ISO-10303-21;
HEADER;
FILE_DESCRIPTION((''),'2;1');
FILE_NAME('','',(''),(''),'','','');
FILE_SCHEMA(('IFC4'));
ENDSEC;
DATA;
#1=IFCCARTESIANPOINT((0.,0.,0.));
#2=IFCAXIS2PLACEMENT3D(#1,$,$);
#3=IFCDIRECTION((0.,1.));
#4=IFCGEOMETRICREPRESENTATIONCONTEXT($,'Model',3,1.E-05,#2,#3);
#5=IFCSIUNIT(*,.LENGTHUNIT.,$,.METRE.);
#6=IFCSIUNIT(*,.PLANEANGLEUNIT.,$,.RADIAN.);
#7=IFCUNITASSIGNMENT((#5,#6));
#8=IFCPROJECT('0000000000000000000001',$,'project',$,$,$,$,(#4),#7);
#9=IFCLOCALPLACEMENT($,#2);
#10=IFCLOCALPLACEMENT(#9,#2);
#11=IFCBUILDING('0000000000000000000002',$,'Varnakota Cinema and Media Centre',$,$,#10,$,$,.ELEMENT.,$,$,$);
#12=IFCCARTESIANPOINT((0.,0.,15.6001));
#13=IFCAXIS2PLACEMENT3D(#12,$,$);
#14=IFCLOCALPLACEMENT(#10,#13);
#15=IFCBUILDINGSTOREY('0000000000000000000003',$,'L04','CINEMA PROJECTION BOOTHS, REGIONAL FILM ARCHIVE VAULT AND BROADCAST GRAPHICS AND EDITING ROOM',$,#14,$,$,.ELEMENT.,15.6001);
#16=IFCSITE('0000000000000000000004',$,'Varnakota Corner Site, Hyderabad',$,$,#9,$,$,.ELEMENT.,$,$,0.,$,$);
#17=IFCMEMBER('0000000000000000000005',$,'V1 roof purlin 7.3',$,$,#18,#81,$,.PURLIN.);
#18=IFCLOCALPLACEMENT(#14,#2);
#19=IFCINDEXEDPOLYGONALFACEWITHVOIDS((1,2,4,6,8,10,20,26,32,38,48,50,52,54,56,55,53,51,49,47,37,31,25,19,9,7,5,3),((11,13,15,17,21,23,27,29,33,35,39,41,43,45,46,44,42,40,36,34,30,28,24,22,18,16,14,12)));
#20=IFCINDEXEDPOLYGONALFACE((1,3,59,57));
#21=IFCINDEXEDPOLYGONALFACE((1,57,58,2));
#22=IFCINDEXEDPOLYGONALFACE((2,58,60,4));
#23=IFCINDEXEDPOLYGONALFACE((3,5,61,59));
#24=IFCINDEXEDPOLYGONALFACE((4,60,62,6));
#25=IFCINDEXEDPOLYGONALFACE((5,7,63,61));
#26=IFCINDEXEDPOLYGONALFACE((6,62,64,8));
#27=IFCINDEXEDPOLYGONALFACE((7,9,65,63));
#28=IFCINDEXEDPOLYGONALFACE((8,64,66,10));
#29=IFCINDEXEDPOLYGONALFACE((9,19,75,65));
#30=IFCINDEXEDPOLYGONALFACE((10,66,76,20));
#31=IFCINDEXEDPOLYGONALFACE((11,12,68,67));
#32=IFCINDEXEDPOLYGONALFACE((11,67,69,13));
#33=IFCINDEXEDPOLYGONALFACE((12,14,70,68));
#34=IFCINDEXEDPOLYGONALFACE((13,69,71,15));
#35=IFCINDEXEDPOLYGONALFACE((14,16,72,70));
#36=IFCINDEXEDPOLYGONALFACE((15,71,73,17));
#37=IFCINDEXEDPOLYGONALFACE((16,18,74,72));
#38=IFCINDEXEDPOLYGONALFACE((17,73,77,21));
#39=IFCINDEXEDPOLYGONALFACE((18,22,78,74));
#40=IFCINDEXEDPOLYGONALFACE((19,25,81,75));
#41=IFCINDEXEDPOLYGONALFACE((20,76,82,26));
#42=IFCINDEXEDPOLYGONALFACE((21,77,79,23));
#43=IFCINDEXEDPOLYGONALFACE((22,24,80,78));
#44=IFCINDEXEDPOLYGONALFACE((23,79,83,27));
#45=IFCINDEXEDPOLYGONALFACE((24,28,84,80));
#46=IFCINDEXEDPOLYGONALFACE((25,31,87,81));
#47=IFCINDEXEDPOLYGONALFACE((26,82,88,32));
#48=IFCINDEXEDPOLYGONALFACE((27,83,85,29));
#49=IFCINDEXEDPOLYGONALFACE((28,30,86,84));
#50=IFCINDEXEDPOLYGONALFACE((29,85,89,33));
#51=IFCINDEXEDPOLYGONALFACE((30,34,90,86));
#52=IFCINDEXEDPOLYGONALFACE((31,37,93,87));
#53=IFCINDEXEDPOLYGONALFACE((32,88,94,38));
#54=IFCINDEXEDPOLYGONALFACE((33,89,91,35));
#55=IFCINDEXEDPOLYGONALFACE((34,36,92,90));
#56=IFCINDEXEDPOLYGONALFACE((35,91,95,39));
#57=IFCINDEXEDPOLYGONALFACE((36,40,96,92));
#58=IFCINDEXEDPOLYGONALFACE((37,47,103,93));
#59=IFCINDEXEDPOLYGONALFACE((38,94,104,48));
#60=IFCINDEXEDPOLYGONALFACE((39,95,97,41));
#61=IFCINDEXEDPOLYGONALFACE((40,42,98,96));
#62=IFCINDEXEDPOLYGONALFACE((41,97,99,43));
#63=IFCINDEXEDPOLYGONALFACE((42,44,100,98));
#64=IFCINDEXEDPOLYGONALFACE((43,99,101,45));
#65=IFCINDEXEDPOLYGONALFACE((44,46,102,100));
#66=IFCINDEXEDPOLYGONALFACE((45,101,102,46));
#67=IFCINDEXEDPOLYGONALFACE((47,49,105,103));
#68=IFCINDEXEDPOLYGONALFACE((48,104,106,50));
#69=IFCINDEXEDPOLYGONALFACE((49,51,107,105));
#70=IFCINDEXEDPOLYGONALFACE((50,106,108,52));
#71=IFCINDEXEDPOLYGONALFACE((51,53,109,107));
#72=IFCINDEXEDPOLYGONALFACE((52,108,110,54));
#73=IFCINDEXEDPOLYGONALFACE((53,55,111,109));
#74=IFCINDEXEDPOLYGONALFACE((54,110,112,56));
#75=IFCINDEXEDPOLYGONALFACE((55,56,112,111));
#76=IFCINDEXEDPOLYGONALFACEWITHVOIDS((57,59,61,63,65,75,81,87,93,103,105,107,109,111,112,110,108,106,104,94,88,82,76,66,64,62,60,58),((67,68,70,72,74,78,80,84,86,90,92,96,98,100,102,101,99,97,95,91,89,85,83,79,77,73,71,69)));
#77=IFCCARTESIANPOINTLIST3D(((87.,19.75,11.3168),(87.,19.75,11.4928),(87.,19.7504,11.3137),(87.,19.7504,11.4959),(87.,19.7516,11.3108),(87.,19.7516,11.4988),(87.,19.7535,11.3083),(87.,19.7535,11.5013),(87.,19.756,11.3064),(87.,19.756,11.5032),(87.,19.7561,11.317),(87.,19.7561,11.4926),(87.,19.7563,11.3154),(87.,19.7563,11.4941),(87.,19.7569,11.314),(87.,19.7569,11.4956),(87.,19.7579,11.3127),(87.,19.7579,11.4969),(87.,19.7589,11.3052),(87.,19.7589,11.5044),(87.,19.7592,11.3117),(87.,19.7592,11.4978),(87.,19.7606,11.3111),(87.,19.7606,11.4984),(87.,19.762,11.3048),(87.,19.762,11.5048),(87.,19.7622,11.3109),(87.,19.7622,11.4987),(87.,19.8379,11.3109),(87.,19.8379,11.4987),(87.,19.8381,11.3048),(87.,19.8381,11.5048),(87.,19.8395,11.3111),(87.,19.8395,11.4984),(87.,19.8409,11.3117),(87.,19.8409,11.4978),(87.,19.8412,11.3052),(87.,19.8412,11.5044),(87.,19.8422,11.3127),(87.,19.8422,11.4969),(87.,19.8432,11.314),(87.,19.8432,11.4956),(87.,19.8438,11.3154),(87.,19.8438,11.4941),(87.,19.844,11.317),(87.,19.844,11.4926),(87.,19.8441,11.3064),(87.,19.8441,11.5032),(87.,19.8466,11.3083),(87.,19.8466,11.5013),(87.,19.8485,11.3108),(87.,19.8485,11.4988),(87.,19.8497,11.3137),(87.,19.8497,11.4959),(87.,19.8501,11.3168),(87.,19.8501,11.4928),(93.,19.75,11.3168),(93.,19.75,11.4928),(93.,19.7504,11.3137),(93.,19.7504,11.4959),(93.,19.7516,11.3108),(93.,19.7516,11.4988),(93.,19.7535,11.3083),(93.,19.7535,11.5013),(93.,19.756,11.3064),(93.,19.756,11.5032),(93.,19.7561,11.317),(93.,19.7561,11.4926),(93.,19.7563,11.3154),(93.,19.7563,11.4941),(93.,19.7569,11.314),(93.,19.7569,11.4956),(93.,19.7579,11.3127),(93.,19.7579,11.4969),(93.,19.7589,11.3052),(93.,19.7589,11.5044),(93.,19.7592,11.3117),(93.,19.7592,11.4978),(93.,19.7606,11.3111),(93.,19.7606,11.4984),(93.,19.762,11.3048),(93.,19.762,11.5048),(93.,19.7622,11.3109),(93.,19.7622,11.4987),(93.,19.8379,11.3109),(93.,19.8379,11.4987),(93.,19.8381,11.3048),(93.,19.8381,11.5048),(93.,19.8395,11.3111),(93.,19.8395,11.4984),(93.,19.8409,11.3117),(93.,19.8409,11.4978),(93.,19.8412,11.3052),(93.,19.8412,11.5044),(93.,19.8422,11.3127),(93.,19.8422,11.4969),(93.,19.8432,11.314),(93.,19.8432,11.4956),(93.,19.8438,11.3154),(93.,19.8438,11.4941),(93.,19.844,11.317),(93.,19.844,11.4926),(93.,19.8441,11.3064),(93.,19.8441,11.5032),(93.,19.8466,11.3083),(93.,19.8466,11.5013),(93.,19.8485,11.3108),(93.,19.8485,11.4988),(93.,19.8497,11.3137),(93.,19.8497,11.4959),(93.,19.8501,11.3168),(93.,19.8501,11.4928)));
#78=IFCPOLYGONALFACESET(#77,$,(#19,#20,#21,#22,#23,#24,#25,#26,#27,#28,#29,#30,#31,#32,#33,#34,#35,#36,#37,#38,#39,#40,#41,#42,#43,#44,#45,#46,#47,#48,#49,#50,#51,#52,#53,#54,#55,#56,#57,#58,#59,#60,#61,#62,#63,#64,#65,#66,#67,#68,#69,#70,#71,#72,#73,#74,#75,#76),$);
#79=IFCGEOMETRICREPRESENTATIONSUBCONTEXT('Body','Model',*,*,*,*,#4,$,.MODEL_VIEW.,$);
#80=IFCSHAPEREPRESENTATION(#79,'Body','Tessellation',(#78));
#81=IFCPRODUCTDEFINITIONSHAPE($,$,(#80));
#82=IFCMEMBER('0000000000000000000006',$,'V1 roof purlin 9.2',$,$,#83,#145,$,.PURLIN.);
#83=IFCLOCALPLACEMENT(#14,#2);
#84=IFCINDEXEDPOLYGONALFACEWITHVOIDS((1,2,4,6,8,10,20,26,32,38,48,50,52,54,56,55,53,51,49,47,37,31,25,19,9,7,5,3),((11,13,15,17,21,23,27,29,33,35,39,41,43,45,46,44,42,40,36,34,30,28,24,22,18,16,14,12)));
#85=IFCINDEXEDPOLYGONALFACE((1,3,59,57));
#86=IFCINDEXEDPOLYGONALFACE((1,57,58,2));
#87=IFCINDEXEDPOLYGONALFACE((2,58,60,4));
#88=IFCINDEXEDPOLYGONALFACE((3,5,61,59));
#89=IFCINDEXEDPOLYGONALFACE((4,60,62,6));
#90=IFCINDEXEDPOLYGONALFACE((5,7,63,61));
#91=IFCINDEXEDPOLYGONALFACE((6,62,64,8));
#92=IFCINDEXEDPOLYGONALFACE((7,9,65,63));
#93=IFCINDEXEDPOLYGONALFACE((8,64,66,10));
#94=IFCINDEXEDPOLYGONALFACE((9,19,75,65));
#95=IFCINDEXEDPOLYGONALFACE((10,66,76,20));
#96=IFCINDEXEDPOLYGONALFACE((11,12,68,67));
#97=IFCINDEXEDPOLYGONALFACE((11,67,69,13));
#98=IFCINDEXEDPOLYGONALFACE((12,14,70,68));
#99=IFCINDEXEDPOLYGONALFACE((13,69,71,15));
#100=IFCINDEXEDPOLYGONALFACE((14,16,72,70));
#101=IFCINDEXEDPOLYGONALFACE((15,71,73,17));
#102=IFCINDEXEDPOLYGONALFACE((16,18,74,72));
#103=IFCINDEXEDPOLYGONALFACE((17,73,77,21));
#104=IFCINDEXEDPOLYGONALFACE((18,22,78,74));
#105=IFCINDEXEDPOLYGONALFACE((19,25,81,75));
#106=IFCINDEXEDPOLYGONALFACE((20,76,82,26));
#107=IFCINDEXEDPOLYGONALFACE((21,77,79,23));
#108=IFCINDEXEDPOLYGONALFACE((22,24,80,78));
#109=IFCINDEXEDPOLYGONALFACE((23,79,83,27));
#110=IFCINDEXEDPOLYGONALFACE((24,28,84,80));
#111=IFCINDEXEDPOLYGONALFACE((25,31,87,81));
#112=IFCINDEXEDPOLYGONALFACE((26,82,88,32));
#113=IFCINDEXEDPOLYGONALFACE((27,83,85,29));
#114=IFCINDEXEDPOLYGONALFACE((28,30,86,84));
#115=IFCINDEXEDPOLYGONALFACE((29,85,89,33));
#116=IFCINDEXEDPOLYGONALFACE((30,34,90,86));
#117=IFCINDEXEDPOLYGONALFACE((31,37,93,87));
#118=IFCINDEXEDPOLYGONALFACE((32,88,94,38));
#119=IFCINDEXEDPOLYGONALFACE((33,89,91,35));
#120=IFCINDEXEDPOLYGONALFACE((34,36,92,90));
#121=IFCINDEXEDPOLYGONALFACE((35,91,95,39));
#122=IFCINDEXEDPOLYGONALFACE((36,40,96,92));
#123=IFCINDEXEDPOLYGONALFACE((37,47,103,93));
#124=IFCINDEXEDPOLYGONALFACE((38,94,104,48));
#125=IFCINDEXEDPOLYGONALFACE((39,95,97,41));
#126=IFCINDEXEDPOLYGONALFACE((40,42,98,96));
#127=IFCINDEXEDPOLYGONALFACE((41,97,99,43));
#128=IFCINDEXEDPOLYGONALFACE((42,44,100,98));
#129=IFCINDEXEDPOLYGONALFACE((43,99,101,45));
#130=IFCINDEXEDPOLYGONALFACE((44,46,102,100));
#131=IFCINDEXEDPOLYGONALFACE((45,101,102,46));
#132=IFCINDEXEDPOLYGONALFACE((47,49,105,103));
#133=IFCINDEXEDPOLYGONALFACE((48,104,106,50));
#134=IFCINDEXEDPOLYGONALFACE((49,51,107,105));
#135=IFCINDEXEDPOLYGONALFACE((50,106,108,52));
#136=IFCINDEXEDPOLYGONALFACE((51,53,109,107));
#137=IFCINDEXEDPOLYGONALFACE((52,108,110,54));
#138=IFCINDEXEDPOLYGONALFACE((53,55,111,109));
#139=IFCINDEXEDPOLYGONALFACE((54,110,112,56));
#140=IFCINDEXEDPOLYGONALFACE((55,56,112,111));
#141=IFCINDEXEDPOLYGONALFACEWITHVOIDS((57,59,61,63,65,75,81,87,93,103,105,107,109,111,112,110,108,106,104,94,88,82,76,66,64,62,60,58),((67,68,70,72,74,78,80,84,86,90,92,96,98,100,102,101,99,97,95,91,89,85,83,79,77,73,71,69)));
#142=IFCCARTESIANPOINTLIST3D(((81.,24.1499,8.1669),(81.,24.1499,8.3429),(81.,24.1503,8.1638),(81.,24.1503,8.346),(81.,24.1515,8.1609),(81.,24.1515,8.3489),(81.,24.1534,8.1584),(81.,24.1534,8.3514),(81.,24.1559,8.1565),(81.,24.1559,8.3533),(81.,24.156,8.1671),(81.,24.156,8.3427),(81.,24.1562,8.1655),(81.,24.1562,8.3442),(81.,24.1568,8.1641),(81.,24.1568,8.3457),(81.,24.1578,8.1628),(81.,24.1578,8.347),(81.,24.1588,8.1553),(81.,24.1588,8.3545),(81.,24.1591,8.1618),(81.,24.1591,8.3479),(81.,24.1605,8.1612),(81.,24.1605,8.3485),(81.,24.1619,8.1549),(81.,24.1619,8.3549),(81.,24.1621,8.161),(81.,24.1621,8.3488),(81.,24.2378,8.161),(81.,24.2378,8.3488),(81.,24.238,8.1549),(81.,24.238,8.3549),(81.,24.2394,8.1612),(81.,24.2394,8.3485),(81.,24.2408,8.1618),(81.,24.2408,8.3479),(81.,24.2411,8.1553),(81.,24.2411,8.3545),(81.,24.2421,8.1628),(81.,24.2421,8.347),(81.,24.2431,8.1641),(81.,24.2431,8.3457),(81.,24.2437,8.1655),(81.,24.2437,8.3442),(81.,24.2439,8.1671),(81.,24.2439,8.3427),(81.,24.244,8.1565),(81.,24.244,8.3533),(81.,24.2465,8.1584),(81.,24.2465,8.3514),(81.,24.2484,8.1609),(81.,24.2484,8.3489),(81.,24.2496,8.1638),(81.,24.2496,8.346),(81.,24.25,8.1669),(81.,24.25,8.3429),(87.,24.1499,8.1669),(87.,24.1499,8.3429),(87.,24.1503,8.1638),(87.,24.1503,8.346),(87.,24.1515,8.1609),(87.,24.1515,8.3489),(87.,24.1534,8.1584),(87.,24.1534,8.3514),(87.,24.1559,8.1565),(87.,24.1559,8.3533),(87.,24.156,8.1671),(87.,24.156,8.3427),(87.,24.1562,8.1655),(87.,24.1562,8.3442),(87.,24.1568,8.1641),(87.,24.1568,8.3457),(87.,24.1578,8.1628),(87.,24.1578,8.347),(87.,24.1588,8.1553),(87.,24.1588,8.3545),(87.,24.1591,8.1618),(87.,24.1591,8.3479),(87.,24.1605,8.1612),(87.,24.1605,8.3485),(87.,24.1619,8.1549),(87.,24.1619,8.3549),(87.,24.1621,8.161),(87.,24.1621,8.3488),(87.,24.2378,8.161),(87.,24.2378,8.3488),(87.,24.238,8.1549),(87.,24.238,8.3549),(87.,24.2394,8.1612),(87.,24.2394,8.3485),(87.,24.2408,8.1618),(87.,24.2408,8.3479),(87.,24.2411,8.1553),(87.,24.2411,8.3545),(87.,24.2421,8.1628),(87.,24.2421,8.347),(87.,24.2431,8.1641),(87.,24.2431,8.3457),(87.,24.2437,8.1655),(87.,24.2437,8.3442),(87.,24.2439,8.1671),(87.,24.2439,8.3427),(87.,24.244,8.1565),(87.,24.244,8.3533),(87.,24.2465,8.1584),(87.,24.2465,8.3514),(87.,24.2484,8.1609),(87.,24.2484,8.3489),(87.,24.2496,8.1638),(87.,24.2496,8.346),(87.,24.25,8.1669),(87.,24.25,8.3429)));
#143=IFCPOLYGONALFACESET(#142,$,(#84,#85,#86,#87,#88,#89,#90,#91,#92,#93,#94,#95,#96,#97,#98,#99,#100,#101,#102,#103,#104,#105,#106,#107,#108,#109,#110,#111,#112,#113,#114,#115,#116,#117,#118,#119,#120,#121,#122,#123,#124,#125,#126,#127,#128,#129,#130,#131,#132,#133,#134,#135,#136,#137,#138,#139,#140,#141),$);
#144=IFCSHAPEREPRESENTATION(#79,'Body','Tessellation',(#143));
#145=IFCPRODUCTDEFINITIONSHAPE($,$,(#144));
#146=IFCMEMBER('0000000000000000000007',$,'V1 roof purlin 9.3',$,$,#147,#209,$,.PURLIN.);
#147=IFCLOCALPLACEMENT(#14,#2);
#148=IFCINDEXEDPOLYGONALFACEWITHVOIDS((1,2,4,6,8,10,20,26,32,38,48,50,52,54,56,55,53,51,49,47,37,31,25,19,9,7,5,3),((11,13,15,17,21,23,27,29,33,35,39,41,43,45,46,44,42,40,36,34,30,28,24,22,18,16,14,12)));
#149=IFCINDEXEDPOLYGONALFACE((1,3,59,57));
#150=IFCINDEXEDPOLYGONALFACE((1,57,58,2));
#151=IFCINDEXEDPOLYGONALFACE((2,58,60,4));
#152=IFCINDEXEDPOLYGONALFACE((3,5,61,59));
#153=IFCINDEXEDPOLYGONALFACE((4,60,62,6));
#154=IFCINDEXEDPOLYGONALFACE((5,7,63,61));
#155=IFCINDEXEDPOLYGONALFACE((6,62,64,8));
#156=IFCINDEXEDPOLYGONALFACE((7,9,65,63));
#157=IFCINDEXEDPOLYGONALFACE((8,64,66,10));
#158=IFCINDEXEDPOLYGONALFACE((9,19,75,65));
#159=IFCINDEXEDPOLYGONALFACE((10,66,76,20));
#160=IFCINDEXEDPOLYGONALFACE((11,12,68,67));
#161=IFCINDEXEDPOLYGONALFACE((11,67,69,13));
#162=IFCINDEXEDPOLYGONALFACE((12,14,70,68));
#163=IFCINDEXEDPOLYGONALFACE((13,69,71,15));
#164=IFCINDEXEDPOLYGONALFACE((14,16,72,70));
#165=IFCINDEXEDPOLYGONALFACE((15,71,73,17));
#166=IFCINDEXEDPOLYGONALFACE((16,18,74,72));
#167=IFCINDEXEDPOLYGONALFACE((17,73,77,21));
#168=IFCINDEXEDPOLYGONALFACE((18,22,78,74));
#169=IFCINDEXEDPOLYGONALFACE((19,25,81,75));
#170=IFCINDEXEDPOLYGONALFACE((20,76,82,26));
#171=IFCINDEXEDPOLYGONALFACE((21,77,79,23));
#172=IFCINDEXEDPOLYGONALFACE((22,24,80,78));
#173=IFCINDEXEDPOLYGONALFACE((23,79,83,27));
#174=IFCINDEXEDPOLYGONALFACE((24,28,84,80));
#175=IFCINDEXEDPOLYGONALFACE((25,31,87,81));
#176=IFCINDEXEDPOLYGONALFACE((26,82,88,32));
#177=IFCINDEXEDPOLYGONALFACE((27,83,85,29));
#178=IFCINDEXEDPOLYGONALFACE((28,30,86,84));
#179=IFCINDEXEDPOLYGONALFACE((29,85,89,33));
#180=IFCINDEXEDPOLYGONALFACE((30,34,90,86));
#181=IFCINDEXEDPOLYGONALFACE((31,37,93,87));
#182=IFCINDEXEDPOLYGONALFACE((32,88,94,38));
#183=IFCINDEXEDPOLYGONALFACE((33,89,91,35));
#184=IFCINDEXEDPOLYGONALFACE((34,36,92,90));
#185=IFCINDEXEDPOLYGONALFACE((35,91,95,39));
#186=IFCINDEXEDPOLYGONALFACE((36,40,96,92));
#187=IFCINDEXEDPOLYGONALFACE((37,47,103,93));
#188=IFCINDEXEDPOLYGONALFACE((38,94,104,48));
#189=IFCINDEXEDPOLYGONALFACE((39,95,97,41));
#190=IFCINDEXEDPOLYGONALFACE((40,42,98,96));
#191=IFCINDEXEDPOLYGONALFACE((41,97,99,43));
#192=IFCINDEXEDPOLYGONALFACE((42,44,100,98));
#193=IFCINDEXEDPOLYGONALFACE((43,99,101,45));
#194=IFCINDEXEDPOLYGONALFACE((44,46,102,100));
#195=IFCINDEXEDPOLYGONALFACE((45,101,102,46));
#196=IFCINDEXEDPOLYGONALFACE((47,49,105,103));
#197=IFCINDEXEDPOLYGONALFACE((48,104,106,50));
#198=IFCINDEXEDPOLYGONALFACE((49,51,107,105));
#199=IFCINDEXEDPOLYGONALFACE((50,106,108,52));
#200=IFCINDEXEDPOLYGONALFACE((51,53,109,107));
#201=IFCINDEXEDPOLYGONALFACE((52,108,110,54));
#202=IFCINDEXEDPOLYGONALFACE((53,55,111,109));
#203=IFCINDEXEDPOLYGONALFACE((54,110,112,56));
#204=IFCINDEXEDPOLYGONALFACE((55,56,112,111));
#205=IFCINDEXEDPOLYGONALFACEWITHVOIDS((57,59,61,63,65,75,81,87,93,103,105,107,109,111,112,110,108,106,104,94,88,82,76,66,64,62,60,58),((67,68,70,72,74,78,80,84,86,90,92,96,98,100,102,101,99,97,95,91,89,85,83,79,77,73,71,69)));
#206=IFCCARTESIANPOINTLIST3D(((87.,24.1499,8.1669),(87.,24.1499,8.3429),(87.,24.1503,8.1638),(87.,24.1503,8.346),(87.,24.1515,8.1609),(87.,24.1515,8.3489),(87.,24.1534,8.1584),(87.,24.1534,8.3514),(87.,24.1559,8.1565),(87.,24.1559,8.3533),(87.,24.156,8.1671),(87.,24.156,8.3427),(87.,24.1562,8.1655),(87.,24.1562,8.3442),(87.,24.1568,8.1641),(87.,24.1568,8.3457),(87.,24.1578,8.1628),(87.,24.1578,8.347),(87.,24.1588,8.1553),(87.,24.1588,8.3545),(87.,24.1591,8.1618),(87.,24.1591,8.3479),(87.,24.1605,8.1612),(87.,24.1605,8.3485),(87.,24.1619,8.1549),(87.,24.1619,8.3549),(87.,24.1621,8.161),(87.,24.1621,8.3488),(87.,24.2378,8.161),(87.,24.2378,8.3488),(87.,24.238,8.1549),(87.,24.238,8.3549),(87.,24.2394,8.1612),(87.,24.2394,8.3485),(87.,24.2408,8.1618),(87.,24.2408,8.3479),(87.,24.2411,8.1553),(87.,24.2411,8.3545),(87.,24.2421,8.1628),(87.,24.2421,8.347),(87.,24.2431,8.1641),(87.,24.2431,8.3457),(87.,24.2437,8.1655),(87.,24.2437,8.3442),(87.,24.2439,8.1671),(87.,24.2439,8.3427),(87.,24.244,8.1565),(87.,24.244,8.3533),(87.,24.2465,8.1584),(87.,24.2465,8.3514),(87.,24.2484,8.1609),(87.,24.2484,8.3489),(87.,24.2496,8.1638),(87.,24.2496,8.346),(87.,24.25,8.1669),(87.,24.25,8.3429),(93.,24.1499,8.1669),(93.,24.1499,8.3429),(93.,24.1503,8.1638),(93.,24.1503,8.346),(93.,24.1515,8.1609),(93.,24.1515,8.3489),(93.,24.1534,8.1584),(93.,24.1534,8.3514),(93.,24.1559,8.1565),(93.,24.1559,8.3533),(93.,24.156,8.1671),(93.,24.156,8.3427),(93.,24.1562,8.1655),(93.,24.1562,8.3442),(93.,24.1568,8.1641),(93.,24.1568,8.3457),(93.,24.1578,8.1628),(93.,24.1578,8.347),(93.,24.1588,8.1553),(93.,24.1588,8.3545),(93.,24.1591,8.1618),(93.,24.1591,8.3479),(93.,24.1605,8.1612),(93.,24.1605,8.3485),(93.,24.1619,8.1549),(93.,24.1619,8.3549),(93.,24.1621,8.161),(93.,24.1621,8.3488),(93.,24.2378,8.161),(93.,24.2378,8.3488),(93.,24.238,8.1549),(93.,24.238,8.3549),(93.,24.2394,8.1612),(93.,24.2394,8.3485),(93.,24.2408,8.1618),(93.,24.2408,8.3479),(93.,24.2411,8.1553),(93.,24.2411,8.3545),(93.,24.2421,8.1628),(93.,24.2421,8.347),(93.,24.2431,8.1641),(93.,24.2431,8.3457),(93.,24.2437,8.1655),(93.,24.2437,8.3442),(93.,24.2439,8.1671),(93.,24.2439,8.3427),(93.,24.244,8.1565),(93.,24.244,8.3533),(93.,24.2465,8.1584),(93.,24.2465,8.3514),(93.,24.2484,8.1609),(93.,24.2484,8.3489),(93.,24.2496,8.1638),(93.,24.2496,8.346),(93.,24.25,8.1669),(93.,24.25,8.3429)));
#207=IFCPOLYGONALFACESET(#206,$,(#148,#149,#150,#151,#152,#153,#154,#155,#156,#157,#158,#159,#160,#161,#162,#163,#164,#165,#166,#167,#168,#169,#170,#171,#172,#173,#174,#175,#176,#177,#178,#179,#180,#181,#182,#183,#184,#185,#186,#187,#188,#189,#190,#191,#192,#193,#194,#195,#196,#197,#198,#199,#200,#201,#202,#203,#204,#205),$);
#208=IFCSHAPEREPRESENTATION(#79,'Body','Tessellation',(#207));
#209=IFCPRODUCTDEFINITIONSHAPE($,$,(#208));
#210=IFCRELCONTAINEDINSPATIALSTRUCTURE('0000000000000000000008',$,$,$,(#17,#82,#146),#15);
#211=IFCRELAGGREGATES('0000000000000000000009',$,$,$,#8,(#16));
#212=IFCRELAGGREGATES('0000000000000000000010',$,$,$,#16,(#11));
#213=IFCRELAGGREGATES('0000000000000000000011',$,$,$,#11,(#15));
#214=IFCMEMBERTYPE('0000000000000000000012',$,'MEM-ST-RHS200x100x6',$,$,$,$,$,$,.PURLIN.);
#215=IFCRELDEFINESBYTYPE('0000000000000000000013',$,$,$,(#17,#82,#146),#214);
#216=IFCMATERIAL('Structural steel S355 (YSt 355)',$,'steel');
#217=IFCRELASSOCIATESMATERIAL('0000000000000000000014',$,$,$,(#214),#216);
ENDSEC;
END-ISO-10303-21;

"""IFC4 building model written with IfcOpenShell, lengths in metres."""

from ifc_helpers import new_model, si_unit, direction, frame, origin, origin_2d, place, context, subcontext, project, spatial, hollow_rectangle, extrude, material, material_profile, profile_set, type_object, element, save


model = new_model("IFC4")

# Units and contexts
model_context = context("Model", 3, precision=1e-05, world=origin(), true_north=direction((0.0, 1.0)))
body_context = subcontext(model_context, "Body", "Model", "MODEL_VIEW")
ifc_project = project(units=[si_unit("LENGTHUNIT", "METRE"), si_unit("PLANEANGLEUNIT", "RADIAN")], contexts=[model_context])

# Site, building, storey
site_placement = place(None, origin())
site = spatial("IfcSite", under=ifc_project, at=site_placement, Name="Varnakota Corner Site, Hyderabad", CompositionType="ELEMENT", RefElevation=0.0)
building_placement = place(site_placement, origin())
building = spatial("IfcBuilding", under=site, at=building_placement, Name="Varnakota Cinema and Media Centre", CompositionType="ELEMENT")
storey_placement = place(building_placement, frame((0.0, 0.0, 15.6001)))
storey = spatial("IfcBuildingStorey", under=building, at=storey_placement, Name="L04", Description="CINEMA PROJECTION BOOTHS, REGIONAL FILM ARCHIVE VAULT AND BROADCAST GRAPHICS AND EDITING ROOM", CompositionType="ELEMENT", Elevation=15.6001)

# Members
ifc_material_1 = material(Name="Structural steel S355 (YSt 355)", Category="steel")
ifc_material_profile_1 = material_profile(ifc_material_1, hollow_rectangle(XDim=0.1001, YDim=0.2, WallThickness=0.0061, InnerFilletRadius=0.0061, OuterFilletRadius=0.012, at=origin_2d()), Name="RHS 200x100x6")
ifc_profile_set_1 = profile_set([ifc_material_profile_1], Name="Structural steel S355 (YSt 355)")
member_type_1 = type_object("IfcMemberType", Name="MEM-ST-RHS200x100x6", PredefinedType="PURLIN", material=ifc_profile_set_1)
for number, where, z_axis, x_axis, name in (
    (1, (87.0, 19.8, 11.4048), (1.0, 0.0, 0.0), (0.0, 1.0, 0.0), "V1 roof purlin 7.3"),
    (2, (81.0, 24.2, 8.2549), (1.0, 0.0, 0.0), (0.0, 1.0, 0.0), "V1 roof purlin 9.2"),
    (3, (87.0, 24.2, 8.2549), (1.0, 0.0, 0.0), (0.0, 1.0, 0.0), "V1 roof purlin 9.3"),
):
    element("IfcMember", number, at=place(storey_placement, frame(where, z_axis=z_axis, x_axis=x_axis)), inside=storey, type_object=member_type_1, Name=name, PredefinedType="PURLIN", context=body_context, shape_type="SweptSolid", body=[
        extrude(hollow_rectangle(XDim=0.1001, YDim=0.2, WallThickness=0.0061, InnerFilletRadius=0.0061, OuterFilletRadius=0.012, at=origin_2d()), origin(), (0.0, 0.0, 1.0), 6.0),
    ])

save(model, "model.ifc")
